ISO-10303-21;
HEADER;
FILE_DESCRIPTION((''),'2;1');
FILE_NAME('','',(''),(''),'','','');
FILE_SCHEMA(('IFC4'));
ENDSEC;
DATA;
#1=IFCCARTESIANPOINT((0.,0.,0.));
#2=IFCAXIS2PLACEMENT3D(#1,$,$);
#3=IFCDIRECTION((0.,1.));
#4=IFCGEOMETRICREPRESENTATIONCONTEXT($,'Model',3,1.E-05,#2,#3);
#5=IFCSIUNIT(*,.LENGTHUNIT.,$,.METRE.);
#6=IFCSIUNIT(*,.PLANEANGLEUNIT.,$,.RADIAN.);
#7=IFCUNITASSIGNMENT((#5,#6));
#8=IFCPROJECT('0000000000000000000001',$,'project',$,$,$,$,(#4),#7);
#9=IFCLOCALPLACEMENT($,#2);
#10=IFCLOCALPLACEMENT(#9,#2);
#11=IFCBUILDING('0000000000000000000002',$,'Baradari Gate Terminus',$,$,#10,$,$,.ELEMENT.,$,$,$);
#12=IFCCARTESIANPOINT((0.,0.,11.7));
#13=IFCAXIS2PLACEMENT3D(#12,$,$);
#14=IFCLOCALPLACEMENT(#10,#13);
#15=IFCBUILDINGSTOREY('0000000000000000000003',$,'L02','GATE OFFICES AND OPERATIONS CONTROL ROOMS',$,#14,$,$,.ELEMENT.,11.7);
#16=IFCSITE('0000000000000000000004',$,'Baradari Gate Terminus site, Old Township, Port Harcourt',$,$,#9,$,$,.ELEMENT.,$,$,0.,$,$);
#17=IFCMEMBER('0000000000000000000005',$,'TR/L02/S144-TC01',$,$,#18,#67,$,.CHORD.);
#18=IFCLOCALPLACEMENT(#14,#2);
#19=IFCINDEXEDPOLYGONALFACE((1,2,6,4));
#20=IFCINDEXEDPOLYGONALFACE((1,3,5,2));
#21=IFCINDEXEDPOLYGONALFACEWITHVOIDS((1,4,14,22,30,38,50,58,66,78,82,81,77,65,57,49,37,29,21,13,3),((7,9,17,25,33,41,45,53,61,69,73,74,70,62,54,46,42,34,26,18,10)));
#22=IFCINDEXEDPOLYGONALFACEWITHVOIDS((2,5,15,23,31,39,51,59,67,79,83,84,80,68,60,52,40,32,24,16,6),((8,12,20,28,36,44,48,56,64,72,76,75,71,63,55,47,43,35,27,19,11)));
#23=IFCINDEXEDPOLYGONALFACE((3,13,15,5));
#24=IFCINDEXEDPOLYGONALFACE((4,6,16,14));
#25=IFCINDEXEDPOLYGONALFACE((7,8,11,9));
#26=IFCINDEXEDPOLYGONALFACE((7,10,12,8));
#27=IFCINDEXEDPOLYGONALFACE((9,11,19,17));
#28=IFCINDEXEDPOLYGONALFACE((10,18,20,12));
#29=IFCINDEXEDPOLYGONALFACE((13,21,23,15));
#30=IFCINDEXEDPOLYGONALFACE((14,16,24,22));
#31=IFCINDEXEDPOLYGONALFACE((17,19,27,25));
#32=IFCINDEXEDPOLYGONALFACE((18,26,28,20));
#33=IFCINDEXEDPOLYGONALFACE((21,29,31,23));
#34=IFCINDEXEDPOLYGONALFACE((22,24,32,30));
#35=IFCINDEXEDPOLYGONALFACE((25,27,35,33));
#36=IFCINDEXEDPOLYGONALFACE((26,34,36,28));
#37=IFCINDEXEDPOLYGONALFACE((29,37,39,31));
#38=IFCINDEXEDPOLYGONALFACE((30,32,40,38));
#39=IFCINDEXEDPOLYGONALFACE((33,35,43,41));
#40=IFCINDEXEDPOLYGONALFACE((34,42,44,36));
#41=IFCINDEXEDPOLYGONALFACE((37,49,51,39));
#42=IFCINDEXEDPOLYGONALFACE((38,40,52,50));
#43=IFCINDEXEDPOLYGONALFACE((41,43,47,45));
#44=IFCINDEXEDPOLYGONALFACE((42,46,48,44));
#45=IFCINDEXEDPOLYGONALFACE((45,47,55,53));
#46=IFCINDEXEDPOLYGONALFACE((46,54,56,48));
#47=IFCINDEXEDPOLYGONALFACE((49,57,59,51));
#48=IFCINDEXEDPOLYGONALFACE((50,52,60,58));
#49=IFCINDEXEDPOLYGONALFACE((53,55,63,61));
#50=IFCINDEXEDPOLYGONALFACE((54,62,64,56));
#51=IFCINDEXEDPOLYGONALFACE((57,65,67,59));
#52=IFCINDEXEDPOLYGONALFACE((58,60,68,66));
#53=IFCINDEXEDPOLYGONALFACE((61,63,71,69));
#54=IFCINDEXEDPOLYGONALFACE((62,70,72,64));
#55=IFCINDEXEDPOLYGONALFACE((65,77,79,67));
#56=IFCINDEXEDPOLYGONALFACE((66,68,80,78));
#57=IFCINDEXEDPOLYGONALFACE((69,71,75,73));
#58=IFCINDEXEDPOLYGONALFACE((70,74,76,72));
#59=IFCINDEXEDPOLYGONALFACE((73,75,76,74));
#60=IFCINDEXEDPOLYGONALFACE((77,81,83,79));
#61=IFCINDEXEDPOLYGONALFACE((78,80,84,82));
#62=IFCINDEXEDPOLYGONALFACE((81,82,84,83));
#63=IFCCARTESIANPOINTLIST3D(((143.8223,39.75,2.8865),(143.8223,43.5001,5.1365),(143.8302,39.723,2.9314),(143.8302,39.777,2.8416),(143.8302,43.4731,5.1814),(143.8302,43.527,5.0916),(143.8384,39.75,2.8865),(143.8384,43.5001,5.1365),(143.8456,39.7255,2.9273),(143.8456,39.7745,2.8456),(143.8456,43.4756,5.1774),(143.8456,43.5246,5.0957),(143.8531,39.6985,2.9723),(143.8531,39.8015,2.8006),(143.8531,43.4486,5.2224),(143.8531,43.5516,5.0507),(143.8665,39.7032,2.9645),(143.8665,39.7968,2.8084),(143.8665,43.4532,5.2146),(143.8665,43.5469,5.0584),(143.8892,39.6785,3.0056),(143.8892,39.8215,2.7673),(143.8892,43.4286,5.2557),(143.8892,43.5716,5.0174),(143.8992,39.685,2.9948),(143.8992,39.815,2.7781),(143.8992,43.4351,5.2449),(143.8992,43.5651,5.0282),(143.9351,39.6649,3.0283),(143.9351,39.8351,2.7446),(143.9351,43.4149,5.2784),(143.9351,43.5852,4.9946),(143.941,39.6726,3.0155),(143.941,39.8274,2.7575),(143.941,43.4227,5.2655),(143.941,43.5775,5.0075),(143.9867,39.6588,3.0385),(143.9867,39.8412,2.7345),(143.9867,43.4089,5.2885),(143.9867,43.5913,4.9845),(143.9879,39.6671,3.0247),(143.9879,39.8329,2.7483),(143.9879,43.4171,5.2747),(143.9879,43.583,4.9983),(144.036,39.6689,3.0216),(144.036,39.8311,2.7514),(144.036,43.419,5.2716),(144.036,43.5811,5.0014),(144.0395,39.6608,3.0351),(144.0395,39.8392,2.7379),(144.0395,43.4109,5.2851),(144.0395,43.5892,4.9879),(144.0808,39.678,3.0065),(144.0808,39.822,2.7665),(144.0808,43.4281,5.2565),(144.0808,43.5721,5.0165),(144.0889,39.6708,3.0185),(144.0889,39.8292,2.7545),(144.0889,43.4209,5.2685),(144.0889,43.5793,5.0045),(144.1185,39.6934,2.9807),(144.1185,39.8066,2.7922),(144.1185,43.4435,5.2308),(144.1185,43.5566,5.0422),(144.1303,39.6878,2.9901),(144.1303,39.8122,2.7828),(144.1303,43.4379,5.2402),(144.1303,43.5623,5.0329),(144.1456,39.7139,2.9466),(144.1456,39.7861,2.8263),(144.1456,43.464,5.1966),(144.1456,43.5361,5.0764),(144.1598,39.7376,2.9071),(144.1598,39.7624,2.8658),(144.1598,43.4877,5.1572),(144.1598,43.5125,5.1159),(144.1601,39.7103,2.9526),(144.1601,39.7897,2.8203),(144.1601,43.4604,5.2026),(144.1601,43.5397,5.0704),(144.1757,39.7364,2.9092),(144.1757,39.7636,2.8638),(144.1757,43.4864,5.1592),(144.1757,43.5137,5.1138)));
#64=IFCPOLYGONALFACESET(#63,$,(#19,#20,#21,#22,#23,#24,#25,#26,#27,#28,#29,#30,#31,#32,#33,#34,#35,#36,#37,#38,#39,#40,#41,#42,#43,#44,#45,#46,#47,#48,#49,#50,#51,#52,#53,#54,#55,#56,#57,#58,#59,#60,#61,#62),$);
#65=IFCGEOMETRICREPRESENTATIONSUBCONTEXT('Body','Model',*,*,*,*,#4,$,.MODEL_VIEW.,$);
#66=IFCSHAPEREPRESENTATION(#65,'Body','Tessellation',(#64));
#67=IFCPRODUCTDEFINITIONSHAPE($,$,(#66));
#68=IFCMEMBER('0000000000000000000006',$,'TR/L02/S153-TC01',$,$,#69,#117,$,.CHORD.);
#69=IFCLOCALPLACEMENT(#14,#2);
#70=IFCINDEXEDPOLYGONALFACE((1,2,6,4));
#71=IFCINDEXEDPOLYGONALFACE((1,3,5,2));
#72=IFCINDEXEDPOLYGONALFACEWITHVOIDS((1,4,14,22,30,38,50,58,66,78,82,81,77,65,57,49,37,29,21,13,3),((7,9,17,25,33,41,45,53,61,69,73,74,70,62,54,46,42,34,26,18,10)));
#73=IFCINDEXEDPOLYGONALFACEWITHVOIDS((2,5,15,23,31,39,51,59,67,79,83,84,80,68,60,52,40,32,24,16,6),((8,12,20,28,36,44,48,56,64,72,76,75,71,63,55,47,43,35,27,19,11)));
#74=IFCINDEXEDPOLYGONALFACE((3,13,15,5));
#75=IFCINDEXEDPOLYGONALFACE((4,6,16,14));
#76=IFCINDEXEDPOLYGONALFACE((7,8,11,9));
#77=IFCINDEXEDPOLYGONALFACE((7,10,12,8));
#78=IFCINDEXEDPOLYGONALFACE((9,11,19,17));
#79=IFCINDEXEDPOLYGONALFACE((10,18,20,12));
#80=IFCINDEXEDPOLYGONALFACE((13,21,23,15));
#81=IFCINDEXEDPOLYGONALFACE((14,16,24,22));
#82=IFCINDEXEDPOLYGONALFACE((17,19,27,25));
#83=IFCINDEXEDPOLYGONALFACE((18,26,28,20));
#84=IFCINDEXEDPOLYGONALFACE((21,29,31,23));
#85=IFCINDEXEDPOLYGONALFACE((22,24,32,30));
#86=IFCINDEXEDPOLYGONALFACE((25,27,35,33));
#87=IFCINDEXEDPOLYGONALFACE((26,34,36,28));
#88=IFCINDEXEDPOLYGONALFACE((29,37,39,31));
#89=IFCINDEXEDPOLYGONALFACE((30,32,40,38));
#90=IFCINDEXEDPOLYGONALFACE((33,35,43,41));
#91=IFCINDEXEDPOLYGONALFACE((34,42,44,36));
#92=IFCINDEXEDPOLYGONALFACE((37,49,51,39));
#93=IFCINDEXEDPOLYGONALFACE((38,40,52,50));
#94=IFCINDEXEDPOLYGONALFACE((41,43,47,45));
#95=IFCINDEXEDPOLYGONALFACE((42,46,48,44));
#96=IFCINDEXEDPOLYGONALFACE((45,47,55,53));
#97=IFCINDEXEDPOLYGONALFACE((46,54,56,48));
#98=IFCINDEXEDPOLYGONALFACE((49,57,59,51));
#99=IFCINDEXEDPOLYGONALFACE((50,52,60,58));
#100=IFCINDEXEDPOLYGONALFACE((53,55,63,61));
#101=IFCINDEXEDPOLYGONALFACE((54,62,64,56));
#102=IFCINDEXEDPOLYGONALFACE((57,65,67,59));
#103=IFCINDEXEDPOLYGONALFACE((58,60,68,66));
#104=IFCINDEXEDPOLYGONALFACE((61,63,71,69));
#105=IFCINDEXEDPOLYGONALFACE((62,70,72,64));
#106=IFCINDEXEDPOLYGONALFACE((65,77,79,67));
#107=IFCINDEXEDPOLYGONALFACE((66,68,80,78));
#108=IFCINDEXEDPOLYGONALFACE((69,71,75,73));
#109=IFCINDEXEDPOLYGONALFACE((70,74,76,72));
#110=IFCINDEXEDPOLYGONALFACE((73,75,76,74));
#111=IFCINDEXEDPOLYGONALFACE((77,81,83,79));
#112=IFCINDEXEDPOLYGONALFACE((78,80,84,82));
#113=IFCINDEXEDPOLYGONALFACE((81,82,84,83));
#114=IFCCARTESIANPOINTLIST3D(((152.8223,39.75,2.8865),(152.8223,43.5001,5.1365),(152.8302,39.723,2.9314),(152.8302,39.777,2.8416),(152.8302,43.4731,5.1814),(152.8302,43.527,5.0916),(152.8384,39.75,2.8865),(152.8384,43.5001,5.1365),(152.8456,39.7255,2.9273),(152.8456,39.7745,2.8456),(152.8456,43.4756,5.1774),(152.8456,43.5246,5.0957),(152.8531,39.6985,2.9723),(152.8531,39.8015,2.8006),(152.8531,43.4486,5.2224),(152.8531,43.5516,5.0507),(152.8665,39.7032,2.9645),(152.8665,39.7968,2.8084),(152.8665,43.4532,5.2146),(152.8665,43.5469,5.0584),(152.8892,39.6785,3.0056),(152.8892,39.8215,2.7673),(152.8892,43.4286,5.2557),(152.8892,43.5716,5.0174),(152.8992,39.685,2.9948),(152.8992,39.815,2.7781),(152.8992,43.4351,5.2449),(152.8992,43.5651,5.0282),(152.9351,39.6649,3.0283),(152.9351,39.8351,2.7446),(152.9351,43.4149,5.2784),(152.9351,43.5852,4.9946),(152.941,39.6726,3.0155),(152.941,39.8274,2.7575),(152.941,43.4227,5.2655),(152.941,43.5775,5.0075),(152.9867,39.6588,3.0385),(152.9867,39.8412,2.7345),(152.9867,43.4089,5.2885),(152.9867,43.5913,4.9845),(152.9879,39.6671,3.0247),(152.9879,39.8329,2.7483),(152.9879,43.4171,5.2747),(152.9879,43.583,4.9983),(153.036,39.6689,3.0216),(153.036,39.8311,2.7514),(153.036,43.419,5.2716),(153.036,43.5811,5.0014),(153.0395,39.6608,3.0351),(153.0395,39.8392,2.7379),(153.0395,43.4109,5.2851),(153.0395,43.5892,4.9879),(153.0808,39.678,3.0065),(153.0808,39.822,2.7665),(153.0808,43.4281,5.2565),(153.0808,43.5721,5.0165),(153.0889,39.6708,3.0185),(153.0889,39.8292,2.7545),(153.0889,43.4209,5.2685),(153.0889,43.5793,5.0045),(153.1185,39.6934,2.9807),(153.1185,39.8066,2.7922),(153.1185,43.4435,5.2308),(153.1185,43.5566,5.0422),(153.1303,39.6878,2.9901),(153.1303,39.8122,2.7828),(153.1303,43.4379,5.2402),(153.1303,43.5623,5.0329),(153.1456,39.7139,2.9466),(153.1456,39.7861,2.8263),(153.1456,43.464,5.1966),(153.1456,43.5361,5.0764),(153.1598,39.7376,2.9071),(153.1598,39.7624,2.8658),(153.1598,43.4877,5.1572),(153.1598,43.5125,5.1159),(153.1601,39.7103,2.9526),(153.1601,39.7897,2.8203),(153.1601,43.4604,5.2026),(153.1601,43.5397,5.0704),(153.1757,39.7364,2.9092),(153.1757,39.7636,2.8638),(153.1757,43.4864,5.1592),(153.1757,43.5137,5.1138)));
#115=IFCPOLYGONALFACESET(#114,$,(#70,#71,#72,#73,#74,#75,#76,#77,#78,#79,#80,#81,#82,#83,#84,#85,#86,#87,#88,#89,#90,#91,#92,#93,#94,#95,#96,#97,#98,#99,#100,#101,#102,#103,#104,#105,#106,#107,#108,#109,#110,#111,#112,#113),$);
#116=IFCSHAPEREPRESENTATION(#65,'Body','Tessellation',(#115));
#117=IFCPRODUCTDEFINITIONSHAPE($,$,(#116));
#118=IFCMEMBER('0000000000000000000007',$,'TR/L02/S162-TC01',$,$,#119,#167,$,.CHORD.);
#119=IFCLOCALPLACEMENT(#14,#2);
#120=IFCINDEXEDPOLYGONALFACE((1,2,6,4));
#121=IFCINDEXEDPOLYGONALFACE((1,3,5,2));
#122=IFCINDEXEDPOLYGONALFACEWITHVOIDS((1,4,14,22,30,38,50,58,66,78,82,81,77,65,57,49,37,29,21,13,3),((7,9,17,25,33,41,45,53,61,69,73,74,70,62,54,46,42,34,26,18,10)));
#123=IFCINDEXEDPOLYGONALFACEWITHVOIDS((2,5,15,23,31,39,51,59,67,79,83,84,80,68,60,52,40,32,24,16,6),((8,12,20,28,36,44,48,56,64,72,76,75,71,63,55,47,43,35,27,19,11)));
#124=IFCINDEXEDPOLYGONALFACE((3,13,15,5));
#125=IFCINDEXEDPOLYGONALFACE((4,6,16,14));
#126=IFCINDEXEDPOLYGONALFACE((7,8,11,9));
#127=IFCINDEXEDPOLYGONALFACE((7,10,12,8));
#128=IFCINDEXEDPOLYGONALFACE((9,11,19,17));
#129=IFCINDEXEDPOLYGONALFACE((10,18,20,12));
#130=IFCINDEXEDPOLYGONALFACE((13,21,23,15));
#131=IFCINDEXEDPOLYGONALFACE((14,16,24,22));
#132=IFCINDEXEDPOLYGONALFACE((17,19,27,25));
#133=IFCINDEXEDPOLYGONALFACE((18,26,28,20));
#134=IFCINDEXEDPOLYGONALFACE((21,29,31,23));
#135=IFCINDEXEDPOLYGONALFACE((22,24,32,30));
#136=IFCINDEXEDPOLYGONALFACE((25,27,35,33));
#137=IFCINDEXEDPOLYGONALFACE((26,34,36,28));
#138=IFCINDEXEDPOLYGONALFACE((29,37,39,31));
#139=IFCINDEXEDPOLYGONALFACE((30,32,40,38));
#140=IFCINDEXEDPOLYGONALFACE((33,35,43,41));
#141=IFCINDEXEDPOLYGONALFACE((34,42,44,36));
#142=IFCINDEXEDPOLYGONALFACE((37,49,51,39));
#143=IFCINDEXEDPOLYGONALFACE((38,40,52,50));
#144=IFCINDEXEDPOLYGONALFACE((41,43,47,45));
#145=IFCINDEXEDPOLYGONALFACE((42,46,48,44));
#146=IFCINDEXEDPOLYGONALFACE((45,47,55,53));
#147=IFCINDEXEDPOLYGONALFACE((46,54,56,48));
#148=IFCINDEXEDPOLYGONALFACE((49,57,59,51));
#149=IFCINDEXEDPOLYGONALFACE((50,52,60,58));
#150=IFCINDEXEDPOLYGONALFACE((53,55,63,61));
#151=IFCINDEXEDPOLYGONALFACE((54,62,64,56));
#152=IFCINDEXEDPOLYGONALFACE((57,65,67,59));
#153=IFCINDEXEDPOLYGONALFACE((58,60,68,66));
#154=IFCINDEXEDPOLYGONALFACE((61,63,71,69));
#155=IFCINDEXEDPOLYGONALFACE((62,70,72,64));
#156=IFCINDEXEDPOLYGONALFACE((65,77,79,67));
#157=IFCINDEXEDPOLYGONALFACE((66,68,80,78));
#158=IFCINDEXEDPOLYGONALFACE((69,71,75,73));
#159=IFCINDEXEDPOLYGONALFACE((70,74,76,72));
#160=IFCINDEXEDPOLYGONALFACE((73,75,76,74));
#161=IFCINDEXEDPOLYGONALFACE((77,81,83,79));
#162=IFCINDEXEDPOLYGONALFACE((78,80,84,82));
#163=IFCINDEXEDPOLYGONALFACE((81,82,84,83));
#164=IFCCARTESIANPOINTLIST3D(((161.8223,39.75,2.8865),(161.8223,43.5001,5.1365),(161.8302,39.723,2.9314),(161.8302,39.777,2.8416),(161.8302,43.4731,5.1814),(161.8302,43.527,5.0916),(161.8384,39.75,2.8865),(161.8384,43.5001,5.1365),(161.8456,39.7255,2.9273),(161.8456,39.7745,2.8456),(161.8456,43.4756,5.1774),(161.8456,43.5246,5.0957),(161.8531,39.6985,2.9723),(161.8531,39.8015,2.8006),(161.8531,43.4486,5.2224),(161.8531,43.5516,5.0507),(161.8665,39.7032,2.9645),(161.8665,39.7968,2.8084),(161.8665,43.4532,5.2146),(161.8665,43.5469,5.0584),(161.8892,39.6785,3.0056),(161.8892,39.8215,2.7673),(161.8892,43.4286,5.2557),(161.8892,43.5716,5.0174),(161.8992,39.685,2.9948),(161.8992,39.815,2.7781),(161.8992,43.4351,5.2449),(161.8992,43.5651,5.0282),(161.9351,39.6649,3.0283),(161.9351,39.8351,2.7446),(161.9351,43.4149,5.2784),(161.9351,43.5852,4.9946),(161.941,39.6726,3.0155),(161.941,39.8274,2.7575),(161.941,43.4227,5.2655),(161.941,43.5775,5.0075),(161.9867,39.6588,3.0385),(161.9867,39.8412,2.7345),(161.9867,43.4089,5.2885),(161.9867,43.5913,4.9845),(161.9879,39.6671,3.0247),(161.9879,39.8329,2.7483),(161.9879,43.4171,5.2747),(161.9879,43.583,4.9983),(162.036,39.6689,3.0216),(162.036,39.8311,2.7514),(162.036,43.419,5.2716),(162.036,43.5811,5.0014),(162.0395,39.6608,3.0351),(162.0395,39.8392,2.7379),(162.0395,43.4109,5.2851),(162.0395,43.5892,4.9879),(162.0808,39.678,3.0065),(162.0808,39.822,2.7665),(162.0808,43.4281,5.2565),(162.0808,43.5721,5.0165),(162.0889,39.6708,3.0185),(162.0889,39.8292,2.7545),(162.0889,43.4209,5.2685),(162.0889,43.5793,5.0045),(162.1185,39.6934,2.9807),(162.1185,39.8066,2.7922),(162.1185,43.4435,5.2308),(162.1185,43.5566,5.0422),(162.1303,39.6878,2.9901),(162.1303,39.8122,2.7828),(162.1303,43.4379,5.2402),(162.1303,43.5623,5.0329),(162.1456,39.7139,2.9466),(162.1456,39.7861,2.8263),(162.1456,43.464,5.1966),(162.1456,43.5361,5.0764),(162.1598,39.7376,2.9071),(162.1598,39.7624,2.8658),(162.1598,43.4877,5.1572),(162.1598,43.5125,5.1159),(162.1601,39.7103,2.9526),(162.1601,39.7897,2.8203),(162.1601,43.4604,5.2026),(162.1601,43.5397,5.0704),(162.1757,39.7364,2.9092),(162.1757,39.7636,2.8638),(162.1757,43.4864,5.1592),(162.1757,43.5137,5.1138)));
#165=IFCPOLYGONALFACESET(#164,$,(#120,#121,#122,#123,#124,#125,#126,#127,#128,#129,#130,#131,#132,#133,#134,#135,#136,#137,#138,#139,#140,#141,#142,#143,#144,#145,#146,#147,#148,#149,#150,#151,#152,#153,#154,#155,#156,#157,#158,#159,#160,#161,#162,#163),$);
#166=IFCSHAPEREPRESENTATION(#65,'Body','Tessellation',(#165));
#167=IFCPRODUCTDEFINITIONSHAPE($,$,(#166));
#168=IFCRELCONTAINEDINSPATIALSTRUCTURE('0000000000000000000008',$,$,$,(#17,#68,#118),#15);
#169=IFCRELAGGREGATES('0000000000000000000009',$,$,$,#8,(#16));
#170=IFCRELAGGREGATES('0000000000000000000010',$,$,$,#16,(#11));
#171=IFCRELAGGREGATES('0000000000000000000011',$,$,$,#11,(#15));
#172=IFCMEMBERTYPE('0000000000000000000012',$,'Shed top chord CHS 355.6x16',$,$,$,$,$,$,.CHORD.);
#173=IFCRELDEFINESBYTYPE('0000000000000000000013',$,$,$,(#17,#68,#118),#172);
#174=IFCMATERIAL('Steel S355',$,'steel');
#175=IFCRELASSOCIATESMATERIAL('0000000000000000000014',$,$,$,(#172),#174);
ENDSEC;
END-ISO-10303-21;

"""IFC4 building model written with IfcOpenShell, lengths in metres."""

from ifc_helpers import new_model, si_unit, direction, frame, origin, origin_2d, place, context, subcontext, project, spatial, hollow_circle, extrude, material, material_profile, profile_set, type_object, element, save


model = new_model("IFC4")

# Units and contexts
model_context = context("Model", 3, precision=1e-05, world=origin(), true_north=direction((0.0, 1.0)))
body_context = subcontext(model_context, "Body", "Model", "MODEL_VIEW")
ifc_project = project(units=[si_unit("LENGTHUNIT", "METRE"), si_unit("PLANEANGLEUNIT", "RADIAN")], contexts=[model_context])

# Site, building, storey
site_placement = place(None, origin())
site = spatial("IfcSite", under=ifc_project, at=site_placement, Name="Baradari Gate Terminus site, Old Township, Port Harcourt", CompositionType="ELEMENT", RefElevation=0.0)
building_placement = place(site_placement, origin())
building = spatial("IfcBuilding", under=site, at=building_placement, Name="Baradari Gate Terminus", CompositionType="ELEMENT")
storey_placement = place(building_placement, frame((0.0, 0.0, 11.7)))
storey = spatial("IfcBuildingStorey", under=building, at=storey_placement, Name="L02", Description="GATE OFFICES AND OPERATIONS CONTROL ROOMS", CompositionType="ELEMENT", Elevation=11.7)

# Members
ifc_material_1 = material(Name="Steel S355", Category="steel")
ifc_material_profile_1 = material_profile(ifc_material_1, hollow_circle(Radius=0.1777, WallThickness=0.0161, at=origin_2d()), Name="CHS 355.6x16")
ifc_profile_set_1 = profile_set([ifc_material_profile_1], Name="Steel S355")
member_type_1 = type_object("IfcMemberType", Name="Shed top chord CHS 355.6x16", PredefinedType="CHORD", material=ifc_profile_set_1)
for number, where, z_axis, x_axis, name in (
    (1, (144.0, 39.75, 2.8865), (0.0, 0.857493, 0.514496), (-1.0, 0.0, 0.0), "TR/L02/S144-TC01"),
    (2, (153.0, 39.75, 2.8865), (0.0, 0.857493, 0.514496), (-1.0, 0.0, 0.0), "TR/L02/S153-TC01"),
    (3, (162.0, 39.75, 2.8865), (0.0, 0.857493, 0.514496), (-1.0, 0.0, 0.0), "TR/L02/S162-TC01"),
):
    element("IfcMember", number, at=place(storey_placement, frame(where, z_axis=z_axis, x_axis=x_axis)), inside=storey, type_object=member_type_1, Name=name, PredefinedType="CHORD", context=body_context, shape_type="SweptSolid", body=[
        extrude(hollow_circle(Radius=0.1777, WallThickness=0.0161, at=origin_2d()), origin(), (0.0, 0.0, 1.0), 4.3733),
    ])

save(model, "model.ifc")
